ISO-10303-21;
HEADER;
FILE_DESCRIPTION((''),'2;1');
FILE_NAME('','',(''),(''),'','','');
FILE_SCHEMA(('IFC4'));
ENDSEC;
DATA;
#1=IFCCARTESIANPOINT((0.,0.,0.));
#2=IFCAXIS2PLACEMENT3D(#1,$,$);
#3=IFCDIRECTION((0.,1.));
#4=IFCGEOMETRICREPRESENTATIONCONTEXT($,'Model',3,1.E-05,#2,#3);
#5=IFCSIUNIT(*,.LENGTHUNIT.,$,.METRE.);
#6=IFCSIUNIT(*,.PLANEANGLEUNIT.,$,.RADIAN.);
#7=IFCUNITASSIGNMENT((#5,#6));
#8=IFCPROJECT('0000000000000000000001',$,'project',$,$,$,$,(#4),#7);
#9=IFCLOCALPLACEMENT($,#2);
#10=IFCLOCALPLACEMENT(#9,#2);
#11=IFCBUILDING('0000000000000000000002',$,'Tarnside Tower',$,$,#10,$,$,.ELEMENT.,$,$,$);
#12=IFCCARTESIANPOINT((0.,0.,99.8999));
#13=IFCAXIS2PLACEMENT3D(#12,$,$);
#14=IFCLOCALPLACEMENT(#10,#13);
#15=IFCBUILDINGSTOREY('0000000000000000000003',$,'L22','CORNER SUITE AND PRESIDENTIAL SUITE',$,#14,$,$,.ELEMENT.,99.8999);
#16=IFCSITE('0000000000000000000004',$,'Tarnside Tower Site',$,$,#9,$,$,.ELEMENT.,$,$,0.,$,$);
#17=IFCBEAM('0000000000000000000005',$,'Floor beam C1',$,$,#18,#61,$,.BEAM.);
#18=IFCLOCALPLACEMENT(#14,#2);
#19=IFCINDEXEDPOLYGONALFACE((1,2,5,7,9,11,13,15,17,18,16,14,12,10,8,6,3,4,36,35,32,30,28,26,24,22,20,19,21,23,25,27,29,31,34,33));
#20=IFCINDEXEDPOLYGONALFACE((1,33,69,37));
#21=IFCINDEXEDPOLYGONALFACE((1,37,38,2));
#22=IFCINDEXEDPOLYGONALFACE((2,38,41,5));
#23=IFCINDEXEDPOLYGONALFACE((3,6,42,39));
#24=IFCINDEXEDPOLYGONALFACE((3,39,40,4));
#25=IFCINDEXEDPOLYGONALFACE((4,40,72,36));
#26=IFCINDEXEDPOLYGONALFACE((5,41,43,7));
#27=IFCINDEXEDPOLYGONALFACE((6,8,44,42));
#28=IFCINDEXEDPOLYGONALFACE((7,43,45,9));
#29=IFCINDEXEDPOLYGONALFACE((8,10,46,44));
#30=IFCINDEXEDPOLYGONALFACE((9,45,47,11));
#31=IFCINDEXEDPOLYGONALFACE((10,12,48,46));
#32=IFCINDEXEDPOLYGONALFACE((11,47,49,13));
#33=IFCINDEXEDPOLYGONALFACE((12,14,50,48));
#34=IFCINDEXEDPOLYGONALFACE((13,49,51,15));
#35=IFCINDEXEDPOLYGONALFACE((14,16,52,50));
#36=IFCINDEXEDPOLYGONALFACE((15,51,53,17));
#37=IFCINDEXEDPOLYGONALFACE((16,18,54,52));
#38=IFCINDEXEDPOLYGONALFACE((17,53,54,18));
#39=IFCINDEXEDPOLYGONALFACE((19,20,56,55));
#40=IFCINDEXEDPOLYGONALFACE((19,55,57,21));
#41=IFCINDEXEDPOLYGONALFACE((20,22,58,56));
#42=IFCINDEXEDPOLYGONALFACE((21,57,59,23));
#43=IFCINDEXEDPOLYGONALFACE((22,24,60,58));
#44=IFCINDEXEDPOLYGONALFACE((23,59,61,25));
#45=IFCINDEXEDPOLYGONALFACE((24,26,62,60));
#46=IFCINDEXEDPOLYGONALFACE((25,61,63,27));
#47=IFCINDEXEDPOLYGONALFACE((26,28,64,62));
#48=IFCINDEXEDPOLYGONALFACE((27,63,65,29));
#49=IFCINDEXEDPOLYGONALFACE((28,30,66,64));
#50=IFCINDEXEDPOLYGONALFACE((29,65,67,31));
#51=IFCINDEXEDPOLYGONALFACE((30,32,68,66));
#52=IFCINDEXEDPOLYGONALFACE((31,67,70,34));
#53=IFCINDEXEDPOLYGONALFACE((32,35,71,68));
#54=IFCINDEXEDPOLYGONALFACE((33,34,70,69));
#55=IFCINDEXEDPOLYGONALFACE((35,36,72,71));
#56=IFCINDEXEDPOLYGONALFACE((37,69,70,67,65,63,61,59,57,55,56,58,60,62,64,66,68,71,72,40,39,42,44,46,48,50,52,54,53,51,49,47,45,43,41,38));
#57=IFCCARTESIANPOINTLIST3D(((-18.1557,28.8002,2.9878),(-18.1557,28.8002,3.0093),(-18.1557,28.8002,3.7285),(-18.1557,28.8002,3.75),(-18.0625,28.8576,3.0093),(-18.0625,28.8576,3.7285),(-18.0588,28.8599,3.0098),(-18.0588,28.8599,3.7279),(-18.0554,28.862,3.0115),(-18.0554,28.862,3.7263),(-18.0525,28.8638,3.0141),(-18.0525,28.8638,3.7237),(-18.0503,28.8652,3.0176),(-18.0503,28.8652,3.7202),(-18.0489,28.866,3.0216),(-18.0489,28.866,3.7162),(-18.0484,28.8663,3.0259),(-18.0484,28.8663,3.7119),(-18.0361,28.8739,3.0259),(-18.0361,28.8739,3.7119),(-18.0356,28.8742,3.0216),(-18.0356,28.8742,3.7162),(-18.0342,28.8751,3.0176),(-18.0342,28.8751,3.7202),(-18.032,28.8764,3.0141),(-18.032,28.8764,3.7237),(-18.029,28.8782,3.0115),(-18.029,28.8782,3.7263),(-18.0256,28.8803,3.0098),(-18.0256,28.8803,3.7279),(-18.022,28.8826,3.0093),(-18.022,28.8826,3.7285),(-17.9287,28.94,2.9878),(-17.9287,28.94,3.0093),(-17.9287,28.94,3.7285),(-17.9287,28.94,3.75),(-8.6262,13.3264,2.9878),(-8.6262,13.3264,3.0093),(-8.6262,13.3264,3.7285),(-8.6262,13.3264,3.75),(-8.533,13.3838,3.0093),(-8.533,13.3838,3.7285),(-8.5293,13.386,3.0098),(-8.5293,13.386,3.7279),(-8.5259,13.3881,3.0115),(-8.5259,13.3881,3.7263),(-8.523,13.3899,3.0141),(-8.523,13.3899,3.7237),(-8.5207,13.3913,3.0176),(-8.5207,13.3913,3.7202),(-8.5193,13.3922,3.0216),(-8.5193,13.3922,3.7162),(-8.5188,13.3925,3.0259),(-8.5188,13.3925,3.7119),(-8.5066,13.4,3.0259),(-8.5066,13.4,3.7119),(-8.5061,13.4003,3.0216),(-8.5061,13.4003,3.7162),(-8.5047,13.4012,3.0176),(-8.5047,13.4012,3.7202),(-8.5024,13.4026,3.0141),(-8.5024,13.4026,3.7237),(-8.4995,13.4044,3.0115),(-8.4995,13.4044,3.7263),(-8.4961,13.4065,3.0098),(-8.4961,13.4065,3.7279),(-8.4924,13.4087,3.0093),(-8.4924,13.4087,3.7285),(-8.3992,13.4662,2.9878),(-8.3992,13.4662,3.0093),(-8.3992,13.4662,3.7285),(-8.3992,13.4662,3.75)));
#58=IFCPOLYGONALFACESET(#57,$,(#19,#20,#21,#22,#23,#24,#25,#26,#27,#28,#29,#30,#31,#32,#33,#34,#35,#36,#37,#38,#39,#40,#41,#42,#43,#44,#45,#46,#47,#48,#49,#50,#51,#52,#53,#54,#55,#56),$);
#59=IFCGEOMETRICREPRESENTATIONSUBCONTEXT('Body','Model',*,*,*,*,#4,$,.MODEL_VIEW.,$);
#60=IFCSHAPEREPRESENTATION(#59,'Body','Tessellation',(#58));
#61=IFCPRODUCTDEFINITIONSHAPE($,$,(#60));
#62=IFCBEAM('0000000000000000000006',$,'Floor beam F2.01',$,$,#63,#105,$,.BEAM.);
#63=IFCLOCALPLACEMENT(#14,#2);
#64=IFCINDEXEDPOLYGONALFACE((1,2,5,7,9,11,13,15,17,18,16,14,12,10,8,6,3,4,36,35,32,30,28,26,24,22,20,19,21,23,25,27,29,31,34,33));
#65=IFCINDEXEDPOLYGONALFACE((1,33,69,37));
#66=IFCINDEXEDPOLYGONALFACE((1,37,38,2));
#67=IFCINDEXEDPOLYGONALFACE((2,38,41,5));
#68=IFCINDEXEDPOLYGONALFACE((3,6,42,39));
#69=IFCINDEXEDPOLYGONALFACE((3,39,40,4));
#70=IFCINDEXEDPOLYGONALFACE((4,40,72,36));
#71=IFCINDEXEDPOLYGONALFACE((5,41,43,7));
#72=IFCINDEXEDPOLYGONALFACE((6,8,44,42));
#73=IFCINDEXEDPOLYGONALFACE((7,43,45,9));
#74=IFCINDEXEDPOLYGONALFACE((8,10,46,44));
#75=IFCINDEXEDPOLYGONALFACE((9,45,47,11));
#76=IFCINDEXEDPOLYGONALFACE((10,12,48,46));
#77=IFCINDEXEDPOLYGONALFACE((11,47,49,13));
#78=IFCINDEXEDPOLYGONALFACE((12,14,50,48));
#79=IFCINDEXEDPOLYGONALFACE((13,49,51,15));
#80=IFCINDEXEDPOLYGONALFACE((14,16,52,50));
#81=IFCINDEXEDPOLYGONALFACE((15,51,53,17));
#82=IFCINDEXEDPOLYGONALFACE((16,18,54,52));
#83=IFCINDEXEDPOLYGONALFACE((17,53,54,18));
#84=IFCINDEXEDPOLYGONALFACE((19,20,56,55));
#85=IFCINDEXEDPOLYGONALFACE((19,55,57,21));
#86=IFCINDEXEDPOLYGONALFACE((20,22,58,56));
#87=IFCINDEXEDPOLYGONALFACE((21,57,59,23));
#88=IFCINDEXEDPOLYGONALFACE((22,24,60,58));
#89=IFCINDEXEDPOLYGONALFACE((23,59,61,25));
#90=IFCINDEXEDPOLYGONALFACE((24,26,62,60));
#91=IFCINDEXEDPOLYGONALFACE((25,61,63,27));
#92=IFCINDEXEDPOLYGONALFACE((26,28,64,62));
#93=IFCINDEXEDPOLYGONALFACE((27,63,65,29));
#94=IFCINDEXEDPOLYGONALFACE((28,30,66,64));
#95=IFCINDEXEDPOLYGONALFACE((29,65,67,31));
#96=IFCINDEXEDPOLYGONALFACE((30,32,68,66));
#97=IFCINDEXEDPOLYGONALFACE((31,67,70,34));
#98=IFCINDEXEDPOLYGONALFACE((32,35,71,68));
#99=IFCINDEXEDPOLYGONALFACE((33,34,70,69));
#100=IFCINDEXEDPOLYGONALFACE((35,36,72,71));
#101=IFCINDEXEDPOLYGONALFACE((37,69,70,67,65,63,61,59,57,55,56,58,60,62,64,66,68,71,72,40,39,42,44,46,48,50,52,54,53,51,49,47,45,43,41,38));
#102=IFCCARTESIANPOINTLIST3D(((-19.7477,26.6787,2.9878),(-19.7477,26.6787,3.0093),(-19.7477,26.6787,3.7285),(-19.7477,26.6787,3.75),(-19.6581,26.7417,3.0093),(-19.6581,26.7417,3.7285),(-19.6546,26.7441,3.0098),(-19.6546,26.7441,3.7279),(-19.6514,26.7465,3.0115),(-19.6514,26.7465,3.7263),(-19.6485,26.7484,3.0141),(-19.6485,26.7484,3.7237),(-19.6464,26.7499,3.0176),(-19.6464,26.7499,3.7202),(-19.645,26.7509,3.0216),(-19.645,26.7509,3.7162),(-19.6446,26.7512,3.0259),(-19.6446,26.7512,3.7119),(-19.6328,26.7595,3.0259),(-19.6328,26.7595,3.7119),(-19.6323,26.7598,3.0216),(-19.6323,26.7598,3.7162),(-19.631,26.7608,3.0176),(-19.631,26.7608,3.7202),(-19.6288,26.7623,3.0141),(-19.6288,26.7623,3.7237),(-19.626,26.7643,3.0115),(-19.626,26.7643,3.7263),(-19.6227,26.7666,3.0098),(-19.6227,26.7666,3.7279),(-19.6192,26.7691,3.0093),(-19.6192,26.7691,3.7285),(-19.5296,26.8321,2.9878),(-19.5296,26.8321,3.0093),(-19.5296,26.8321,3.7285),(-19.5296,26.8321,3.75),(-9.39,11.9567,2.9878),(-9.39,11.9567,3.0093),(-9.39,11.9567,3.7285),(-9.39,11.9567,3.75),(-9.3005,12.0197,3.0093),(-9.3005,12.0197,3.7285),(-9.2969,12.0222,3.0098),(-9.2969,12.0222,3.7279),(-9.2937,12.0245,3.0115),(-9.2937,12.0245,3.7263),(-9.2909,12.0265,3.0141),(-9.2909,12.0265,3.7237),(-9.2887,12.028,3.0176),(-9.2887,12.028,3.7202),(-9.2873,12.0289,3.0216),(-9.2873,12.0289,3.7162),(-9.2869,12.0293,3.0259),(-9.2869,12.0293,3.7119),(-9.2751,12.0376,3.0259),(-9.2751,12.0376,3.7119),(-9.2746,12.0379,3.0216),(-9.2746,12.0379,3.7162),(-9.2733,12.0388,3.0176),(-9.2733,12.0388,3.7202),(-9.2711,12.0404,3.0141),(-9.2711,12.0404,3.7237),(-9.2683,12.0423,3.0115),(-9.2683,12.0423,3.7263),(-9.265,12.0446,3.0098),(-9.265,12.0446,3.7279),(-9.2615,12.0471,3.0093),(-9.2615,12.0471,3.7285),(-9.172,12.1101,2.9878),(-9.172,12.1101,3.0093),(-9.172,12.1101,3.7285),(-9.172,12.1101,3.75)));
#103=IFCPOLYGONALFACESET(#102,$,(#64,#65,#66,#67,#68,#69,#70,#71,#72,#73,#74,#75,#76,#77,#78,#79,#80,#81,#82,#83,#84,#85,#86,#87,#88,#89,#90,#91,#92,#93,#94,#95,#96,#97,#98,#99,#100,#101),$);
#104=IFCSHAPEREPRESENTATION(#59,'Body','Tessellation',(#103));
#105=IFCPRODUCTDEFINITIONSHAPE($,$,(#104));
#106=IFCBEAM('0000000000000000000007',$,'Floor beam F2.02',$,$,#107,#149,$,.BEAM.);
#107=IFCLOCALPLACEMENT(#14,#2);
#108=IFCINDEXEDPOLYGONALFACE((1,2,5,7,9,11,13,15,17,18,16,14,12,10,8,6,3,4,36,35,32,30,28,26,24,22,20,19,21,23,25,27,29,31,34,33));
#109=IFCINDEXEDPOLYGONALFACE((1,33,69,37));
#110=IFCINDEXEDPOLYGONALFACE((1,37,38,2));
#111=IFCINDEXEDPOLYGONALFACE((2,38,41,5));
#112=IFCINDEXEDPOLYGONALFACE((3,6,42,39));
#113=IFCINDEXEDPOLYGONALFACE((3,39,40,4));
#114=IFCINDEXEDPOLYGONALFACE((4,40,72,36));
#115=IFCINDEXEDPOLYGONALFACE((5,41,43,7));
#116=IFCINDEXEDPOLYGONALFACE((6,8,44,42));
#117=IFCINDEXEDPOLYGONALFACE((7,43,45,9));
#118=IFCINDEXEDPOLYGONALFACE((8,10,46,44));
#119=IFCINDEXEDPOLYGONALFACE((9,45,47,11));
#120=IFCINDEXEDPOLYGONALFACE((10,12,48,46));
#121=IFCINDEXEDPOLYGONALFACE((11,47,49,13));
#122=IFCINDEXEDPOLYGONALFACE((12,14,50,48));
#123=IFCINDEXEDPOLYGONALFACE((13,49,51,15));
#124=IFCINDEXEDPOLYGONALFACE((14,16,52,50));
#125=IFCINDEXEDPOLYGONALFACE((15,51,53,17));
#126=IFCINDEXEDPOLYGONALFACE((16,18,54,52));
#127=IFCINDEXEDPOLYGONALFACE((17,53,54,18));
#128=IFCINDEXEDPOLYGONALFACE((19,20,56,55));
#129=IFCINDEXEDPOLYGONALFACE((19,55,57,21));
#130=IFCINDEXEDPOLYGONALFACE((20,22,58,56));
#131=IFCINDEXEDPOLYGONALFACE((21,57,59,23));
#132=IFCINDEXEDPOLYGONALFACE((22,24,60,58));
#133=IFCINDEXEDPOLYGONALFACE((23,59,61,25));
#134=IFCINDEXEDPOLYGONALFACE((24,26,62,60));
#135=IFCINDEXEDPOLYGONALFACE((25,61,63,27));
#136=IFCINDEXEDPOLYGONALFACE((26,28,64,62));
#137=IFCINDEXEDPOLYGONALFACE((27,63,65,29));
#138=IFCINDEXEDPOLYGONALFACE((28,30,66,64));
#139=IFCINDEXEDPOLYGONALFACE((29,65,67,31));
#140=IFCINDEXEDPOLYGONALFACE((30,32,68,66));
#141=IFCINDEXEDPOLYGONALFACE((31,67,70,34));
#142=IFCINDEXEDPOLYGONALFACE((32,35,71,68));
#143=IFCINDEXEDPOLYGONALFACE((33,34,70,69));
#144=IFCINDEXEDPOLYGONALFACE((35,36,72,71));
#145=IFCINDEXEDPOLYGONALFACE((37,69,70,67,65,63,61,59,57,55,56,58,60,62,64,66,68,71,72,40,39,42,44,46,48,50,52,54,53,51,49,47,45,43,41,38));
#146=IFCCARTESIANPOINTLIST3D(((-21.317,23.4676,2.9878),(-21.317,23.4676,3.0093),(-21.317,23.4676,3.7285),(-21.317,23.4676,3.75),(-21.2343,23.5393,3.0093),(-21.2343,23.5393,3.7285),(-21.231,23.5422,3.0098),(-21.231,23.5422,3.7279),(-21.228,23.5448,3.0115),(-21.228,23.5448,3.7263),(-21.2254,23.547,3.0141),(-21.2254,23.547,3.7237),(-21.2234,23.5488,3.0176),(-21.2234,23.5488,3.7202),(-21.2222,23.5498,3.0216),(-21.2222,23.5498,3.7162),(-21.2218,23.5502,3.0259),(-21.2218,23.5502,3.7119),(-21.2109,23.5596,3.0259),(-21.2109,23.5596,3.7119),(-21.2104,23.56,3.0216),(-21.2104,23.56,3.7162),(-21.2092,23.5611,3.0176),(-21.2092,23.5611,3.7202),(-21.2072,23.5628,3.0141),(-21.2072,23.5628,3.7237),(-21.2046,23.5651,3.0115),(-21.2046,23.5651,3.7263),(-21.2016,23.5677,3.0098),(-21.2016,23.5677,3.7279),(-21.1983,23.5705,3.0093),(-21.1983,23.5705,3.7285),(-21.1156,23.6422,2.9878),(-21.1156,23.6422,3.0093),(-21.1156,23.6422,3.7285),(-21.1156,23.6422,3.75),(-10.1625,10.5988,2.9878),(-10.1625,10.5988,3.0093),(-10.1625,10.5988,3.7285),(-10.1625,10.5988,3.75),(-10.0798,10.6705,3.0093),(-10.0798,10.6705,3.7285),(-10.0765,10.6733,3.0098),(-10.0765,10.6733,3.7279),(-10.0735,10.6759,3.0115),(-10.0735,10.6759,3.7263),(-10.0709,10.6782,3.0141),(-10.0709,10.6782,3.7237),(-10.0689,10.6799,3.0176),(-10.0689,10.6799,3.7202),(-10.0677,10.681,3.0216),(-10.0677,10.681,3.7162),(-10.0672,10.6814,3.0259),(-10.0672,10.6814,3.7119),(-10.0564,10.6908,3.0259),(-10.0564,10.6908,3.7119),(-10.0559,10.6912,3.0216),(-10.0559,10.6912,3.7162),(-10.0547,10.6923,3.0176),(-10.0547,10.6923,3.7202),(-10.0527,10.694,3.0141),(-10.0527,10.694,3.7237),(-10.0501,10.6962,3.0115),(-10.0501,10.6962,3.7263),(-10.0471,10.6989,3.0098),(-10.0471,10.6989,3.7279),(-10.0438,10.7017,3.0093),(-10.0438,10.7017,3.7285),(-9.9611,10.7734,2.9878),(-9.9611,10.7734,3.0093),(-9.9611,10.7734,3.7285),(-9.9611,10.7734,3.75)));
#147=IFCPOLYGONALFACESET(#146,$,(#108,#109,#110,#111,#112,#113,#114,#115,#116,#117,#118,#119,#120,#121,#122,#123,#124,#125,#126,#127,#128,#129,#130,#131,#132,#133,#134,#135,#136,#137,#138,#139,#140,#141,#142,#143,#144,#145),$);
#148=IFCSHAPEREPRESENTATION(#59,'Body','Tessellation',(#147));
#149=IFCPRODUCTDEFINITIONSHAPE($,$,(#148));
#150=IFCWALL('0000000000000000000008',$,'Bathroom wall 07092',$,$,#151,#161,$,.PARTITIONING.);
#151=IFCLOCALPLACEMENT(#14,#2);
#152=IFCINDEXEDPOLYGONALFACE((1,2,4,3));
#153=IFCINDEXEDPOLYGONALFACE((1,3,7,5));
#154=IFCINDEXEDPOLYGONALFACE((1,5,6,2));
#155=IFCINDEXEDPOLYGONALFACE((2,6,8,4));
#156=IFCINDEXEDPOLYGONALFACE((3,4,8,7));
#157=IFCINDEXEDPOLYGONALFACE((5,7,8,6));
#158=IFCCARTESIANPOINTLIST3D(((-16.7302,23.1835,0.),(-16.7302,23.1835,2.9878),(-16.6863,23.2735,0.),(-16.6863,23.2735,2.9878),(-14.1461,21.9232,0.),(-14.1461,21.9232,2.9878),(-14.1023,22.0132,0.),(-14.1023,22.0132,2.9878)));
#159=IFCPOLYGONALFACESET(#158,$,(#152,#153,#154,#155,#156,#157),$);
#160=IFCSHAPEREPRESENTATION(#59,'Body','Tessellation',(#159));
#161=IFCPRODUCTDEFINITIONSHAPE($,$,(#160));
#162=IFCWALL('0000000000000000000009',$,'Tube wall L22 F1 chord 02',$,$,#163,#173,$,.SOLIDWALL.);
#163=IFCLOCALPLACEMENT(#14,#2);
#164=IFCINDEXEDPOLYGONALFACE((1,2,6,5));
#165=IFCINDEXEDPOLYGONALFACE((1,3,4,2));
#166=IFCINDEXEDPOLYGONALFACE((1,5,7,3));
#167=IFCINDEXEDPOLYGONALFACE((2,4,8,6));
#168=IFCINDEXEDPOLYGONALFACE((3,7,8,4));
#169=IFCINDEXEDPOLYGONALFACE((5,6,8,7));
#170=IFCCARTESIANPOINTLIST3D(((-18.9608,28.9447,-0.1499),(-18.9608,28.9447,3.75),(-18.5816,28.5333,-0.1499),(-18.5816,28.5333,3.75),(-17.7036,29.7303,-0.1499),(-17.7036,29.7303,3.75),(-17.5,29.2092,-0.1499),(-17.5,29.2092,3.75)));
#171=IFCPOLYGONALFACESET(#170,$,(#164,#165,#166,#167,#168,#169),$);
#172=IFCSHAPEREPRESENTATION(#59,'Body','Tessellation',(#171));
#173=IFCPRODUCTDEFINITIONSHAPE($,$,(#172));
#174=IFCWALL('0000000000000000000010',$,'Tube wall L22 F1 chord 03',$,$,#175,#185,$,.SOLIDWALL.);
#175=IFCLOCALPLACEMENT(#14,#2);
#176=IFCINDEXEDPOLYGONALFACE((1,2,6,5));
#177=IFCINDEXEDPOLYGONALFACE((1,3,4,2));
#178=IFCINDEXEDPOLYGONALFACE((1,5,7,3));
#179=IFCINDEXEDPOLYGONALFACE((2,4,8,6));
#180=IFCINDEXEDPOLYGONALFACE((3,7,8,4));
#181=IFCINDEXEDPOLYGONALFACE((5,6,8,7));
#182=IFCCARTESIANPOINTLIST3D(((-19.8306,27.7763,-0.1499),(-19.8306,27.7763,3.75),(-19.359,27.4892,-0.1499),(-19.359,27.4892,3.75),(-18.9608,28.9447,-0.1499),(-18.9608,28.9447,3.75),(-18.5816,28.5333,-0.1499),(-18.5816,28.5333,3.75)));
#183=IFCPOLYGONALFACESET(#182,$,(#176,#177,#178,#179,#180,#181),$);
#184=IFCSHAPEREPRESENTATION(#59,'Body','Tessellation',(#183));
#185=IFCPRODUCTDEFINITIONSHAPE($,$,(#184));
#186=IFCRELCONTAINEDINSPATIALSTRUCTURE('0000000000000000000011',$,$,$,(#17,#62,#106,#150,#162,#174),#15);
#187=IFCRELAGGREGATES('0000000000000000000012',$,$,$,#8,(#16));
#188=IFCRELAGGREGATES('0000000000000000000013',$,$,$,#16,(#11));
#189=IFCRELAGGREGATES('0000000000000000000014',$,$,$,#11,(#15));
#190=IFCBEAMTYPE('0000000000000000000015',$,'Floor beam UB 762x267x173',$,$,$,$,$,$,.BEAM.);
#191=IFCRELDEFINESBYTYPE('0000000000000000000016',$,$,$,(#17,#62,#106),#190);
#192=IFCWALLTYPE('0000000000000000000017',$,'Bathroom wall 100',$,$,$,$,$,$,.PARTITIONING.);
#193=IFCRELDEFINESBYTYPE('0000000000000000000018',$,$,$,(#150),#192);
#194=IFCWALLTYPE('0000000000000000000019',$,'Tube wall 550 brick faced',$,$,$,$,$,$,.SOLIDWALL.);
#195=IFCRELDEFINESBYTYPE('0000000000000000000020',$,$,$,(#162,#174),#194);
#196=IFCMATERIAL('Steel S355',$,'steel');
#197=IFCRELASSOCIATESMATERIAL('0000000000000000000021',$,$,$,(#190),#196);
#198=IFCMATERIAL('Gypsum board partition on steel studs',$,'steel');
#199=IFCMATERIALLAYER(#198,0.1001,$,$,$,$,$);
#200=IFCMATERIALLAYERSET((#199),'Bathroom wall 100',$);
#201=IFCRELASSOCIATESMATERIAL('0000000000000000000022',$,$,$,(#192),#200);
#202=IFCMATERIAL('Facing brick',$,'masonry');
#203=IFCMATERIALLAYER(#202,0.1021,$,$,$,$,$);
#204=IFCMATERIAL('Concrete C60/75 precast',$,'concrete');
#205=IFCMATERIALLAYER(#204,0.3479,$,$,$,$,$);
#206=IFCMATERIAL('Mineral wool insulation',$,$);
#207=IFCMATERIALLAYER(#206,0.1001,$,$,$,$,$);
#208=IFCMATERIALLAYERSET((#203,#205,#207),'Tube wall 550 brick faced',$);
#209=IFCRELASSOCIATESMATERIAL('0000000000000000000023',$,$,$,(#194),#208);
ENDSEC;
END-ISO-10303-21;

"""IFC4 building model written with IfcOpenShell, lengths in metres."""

from ifc_helpers import new_model, si_unit, direction, frame, frame_2d, origin, origin_2d, place, context, subcontext, project, spatial, polyline, rectangle, i_section, outline, extrude, material, layer, layer_set, material_profile, profile_set, type_object, element, save


model = new_model("IFC4")

# Units and contexts
model_context = context("Model", 3, precision=1e-05, world=origin(), true_north=direction((0.0, 1.0)))
body_context = subcontext(model_context, "Body", "Model", "MODEL_VIEW")
ifc_project = project(units=[si_unit("LENGTHUNIT", "METRE"), si_unit("PLANEANGLEUNIT", "RADIAN")], contexts=[model_context])

# Site, building, storey
site_placement = place(None, origin())
site = spatial("IfcSite", under=ifc_project, at=site_placement, Name="Tarnside Tower Site", CompositionType="ELEMENT", RefElevation=0.0)
building_placement = place(site_placement, origin())
building = spatial("IfcBuilding", under=site, at=building_placement, Name="Tarnside Tower", CompositionType="ELEMENT")
storey_placement = place(building_placement, frame((0.0, 0.0, 99.8999)))
storey = spatial("IfcBuildingStorey", under=building, at=storey_placement, Name="L22", Description="CORNER SUITE AND PRESIDENTIAL SUITE", CompositionType="ELEMENT", Elevation=99.8999)

# Beams
ifc_material_1 = material(Name="Steel S355", Category="steel")
ifc_material_profile = material_profile(ifc_material_1, i_section(OverallWidth=0.2666, OverallDepth=0.7622, WebThickness=0.0144, FlangeThickness=0.0215, FilletRadius=0.0166, at=origin_2d()), Name="UB 762x267x173")
ifc_profile_set = profile_set([ifc_material_profile], Name="Steel S355")
beam_type = type_object("IfcBeamType", Name="Floor beam UB 762x267x173", PredefinedType="BEAM", material=ifc_profile_set)
beam_1_placement = place(storey_placement, frame((-18.0422, 28.8701, 3.3689), z_axis=(0.524383, -0.851483, 0.0), x_axis=(0.851483, 0.524383, 0.0)))
element("IfcBeam", 1, at=beam_1_placement, inside=storey, type_object=beam_type, Name="Floor beam C1", PredefinedType="BEAM", context=body_context, shape_type="SweptSolid", body=[
    extrude(i_section(OverallWidth=0.2666, OverallDepth=0.7622, WebThickness=0.0144, FlangeThickness=0.0215, FilletRadius=0.0166, at=origin_2d()), origin(), (0.0, 0.0, 1.0), 18.1729),
])
beam_2_placement = place(storey_placement, frame((-19.6387, 26.7554, 3.3689), z_axis=(0.575411, -0.817864, 0.0), x_axis=(0.817864, 0.575411, 0.0)))
element("IfcBeam", 2, at=beam_2_placement, inside=storey, type_object=beam_type, Name="Floor beam F2.01", PredefinedType="BEAM", context=body_context, shape_type="SweptSolid", body=[
    extrude(i_section(OverallWidth=0.2666, OverallDepth=0.7622, WebThickness=0.0144, FlangeThickness=0.0215, FilletRadius=0.0166, at=origin_2d()), origin(), (0.0, 0.0, 1.0), 18.0005),
])
beam_3_placement = place(storey_placement, frame((-21.2163, 23.5549, 3.3689), z_axis=(0.654981, -0.755646, 0.0), x_axis=(0.755646, 0.654981, 0.0)))
element("IfcBeam", 3, at=beam_3_placement, inside=storey, type_object=beam_type, Name="Floor beam F2.02", PredefinedType="BEAM", context=body_context, shape_type="SweptSolid", body=[
    extrude(i_section(OverallWidth=0.2666, OverallDepth=0.7622, WebThickness=0.0144, FlangeThickness=0.0215, FilletRadius=0.0166, at=origin_2d()), origin(), (0.0, 0.0, 1.0), 17.0303),
])

# Walls
ifc_material_2 = material(Name="Gypsum board partition on steel studs", Category="steel")
ifc_layer_1 = layer(ifc_material_2, 0.1001)
ifc_layer_set_1 = layer_set([ifc_layer_1], Name="Bathroom wall 100")
wall_type_1 = type_object("IfcWallType", Name="Bathroom wall 100", PredefinedType="PARTITIONING", material=ifc_layer_set_1)
wall_1_placement = place(storey_placement, frame((-16.7083, 23.2285, 0.0), z_axis=(0.0, 0.0, 1.0), x_axis=(0.898799, -0.43836, 0.0)))
element("IfcWall", 4, at=wall_1_placement, inside=storey, type_object=wall_type_1, Name="Bathroom wall 07092", PredefinedType="PARTITIONING", context=body_context, shape_type="SweptSolid", body=[
    extrude(rectangle(XDim=2.875, YDim=0.1001, at=frame_2d((1.4375, 0.0))), origin(), (0.0, 0.0, 1.0), 2.9878),
])
ifc_material_3 = material(Name="Facing brick", Category="masonry")
ifc_layer_2 = layer(ifc_material_3, 0.1021)
ifc_material_4 = material(Name="Concrete C60/75 precast", Category="concrete")
ifc_layer_3 = layer(ifc_material_4, 0.3479)
ifc_material_5 = material(Name="Mineral wool insulation")
ifc_layer_4 = layer(ifc_material_5, 0.1001)
ifc_layer_set_2 = layer_set([ifc_layer_2, ifc_layer_3, ifc_layer_4], Name="Tube wall 550 brick faced")
wall_type_2 = type_object("IfcWallType", Name="Tube wall 550 brick faced", PredefinedType="SOLIDWALL", material=ifc_layer_set_2)
wall_2_placement = place(storey_placement, frame((-17.6018, 29.4697, -0.1499), z_axis=(0.0, 0.0, 1.0), x_axis=(-0.848058, -0.529903, 0.0)))
element("IfcWall", 5, at=wall_2_placement, inside=storey, type_object=wall_type_2, Name="Tube wall L22 F1 chord 02", PredefinedType="SOLIDWALL", context=body_context, shape_type="SweptSolid", body=[
    extrude(outline(polyline([(-0.0518, -0.2749), (1.4307, -0.2749), (1.3271, 0.2749), (0.0518, 0.2749), (-0.0518, -0.2749)])), origin(), (0.0, 0.0, 1.0), 3.8999),
])
wall_3_placement = place(storey_placement, frame((-18.7712, 28.739, -0.1499), z_axis=(0.0, 0.0, 1.0), x_axis=(-0.597135, -0.802141, 0.0)))
element("IfcWall", 6, at=wall_3_placement, inside=storey, type_object=wall_type_2, Name="Tube wall L22 F1 chord 03", PredefinedType="SOLIDWALL", context=body_context, shape_type="SweptSolid", body=[
    extrude(outline(polyline([(-0.0518, -0.2749), (1.4048, -0.2749), (1.3535, 0.2749), (0.0518, 0.2749), (-0.0518, -0.2749)])), origin(), (0.0, 0.0, 1.0), 3.8999),
])

save(model, "model.ifc")
